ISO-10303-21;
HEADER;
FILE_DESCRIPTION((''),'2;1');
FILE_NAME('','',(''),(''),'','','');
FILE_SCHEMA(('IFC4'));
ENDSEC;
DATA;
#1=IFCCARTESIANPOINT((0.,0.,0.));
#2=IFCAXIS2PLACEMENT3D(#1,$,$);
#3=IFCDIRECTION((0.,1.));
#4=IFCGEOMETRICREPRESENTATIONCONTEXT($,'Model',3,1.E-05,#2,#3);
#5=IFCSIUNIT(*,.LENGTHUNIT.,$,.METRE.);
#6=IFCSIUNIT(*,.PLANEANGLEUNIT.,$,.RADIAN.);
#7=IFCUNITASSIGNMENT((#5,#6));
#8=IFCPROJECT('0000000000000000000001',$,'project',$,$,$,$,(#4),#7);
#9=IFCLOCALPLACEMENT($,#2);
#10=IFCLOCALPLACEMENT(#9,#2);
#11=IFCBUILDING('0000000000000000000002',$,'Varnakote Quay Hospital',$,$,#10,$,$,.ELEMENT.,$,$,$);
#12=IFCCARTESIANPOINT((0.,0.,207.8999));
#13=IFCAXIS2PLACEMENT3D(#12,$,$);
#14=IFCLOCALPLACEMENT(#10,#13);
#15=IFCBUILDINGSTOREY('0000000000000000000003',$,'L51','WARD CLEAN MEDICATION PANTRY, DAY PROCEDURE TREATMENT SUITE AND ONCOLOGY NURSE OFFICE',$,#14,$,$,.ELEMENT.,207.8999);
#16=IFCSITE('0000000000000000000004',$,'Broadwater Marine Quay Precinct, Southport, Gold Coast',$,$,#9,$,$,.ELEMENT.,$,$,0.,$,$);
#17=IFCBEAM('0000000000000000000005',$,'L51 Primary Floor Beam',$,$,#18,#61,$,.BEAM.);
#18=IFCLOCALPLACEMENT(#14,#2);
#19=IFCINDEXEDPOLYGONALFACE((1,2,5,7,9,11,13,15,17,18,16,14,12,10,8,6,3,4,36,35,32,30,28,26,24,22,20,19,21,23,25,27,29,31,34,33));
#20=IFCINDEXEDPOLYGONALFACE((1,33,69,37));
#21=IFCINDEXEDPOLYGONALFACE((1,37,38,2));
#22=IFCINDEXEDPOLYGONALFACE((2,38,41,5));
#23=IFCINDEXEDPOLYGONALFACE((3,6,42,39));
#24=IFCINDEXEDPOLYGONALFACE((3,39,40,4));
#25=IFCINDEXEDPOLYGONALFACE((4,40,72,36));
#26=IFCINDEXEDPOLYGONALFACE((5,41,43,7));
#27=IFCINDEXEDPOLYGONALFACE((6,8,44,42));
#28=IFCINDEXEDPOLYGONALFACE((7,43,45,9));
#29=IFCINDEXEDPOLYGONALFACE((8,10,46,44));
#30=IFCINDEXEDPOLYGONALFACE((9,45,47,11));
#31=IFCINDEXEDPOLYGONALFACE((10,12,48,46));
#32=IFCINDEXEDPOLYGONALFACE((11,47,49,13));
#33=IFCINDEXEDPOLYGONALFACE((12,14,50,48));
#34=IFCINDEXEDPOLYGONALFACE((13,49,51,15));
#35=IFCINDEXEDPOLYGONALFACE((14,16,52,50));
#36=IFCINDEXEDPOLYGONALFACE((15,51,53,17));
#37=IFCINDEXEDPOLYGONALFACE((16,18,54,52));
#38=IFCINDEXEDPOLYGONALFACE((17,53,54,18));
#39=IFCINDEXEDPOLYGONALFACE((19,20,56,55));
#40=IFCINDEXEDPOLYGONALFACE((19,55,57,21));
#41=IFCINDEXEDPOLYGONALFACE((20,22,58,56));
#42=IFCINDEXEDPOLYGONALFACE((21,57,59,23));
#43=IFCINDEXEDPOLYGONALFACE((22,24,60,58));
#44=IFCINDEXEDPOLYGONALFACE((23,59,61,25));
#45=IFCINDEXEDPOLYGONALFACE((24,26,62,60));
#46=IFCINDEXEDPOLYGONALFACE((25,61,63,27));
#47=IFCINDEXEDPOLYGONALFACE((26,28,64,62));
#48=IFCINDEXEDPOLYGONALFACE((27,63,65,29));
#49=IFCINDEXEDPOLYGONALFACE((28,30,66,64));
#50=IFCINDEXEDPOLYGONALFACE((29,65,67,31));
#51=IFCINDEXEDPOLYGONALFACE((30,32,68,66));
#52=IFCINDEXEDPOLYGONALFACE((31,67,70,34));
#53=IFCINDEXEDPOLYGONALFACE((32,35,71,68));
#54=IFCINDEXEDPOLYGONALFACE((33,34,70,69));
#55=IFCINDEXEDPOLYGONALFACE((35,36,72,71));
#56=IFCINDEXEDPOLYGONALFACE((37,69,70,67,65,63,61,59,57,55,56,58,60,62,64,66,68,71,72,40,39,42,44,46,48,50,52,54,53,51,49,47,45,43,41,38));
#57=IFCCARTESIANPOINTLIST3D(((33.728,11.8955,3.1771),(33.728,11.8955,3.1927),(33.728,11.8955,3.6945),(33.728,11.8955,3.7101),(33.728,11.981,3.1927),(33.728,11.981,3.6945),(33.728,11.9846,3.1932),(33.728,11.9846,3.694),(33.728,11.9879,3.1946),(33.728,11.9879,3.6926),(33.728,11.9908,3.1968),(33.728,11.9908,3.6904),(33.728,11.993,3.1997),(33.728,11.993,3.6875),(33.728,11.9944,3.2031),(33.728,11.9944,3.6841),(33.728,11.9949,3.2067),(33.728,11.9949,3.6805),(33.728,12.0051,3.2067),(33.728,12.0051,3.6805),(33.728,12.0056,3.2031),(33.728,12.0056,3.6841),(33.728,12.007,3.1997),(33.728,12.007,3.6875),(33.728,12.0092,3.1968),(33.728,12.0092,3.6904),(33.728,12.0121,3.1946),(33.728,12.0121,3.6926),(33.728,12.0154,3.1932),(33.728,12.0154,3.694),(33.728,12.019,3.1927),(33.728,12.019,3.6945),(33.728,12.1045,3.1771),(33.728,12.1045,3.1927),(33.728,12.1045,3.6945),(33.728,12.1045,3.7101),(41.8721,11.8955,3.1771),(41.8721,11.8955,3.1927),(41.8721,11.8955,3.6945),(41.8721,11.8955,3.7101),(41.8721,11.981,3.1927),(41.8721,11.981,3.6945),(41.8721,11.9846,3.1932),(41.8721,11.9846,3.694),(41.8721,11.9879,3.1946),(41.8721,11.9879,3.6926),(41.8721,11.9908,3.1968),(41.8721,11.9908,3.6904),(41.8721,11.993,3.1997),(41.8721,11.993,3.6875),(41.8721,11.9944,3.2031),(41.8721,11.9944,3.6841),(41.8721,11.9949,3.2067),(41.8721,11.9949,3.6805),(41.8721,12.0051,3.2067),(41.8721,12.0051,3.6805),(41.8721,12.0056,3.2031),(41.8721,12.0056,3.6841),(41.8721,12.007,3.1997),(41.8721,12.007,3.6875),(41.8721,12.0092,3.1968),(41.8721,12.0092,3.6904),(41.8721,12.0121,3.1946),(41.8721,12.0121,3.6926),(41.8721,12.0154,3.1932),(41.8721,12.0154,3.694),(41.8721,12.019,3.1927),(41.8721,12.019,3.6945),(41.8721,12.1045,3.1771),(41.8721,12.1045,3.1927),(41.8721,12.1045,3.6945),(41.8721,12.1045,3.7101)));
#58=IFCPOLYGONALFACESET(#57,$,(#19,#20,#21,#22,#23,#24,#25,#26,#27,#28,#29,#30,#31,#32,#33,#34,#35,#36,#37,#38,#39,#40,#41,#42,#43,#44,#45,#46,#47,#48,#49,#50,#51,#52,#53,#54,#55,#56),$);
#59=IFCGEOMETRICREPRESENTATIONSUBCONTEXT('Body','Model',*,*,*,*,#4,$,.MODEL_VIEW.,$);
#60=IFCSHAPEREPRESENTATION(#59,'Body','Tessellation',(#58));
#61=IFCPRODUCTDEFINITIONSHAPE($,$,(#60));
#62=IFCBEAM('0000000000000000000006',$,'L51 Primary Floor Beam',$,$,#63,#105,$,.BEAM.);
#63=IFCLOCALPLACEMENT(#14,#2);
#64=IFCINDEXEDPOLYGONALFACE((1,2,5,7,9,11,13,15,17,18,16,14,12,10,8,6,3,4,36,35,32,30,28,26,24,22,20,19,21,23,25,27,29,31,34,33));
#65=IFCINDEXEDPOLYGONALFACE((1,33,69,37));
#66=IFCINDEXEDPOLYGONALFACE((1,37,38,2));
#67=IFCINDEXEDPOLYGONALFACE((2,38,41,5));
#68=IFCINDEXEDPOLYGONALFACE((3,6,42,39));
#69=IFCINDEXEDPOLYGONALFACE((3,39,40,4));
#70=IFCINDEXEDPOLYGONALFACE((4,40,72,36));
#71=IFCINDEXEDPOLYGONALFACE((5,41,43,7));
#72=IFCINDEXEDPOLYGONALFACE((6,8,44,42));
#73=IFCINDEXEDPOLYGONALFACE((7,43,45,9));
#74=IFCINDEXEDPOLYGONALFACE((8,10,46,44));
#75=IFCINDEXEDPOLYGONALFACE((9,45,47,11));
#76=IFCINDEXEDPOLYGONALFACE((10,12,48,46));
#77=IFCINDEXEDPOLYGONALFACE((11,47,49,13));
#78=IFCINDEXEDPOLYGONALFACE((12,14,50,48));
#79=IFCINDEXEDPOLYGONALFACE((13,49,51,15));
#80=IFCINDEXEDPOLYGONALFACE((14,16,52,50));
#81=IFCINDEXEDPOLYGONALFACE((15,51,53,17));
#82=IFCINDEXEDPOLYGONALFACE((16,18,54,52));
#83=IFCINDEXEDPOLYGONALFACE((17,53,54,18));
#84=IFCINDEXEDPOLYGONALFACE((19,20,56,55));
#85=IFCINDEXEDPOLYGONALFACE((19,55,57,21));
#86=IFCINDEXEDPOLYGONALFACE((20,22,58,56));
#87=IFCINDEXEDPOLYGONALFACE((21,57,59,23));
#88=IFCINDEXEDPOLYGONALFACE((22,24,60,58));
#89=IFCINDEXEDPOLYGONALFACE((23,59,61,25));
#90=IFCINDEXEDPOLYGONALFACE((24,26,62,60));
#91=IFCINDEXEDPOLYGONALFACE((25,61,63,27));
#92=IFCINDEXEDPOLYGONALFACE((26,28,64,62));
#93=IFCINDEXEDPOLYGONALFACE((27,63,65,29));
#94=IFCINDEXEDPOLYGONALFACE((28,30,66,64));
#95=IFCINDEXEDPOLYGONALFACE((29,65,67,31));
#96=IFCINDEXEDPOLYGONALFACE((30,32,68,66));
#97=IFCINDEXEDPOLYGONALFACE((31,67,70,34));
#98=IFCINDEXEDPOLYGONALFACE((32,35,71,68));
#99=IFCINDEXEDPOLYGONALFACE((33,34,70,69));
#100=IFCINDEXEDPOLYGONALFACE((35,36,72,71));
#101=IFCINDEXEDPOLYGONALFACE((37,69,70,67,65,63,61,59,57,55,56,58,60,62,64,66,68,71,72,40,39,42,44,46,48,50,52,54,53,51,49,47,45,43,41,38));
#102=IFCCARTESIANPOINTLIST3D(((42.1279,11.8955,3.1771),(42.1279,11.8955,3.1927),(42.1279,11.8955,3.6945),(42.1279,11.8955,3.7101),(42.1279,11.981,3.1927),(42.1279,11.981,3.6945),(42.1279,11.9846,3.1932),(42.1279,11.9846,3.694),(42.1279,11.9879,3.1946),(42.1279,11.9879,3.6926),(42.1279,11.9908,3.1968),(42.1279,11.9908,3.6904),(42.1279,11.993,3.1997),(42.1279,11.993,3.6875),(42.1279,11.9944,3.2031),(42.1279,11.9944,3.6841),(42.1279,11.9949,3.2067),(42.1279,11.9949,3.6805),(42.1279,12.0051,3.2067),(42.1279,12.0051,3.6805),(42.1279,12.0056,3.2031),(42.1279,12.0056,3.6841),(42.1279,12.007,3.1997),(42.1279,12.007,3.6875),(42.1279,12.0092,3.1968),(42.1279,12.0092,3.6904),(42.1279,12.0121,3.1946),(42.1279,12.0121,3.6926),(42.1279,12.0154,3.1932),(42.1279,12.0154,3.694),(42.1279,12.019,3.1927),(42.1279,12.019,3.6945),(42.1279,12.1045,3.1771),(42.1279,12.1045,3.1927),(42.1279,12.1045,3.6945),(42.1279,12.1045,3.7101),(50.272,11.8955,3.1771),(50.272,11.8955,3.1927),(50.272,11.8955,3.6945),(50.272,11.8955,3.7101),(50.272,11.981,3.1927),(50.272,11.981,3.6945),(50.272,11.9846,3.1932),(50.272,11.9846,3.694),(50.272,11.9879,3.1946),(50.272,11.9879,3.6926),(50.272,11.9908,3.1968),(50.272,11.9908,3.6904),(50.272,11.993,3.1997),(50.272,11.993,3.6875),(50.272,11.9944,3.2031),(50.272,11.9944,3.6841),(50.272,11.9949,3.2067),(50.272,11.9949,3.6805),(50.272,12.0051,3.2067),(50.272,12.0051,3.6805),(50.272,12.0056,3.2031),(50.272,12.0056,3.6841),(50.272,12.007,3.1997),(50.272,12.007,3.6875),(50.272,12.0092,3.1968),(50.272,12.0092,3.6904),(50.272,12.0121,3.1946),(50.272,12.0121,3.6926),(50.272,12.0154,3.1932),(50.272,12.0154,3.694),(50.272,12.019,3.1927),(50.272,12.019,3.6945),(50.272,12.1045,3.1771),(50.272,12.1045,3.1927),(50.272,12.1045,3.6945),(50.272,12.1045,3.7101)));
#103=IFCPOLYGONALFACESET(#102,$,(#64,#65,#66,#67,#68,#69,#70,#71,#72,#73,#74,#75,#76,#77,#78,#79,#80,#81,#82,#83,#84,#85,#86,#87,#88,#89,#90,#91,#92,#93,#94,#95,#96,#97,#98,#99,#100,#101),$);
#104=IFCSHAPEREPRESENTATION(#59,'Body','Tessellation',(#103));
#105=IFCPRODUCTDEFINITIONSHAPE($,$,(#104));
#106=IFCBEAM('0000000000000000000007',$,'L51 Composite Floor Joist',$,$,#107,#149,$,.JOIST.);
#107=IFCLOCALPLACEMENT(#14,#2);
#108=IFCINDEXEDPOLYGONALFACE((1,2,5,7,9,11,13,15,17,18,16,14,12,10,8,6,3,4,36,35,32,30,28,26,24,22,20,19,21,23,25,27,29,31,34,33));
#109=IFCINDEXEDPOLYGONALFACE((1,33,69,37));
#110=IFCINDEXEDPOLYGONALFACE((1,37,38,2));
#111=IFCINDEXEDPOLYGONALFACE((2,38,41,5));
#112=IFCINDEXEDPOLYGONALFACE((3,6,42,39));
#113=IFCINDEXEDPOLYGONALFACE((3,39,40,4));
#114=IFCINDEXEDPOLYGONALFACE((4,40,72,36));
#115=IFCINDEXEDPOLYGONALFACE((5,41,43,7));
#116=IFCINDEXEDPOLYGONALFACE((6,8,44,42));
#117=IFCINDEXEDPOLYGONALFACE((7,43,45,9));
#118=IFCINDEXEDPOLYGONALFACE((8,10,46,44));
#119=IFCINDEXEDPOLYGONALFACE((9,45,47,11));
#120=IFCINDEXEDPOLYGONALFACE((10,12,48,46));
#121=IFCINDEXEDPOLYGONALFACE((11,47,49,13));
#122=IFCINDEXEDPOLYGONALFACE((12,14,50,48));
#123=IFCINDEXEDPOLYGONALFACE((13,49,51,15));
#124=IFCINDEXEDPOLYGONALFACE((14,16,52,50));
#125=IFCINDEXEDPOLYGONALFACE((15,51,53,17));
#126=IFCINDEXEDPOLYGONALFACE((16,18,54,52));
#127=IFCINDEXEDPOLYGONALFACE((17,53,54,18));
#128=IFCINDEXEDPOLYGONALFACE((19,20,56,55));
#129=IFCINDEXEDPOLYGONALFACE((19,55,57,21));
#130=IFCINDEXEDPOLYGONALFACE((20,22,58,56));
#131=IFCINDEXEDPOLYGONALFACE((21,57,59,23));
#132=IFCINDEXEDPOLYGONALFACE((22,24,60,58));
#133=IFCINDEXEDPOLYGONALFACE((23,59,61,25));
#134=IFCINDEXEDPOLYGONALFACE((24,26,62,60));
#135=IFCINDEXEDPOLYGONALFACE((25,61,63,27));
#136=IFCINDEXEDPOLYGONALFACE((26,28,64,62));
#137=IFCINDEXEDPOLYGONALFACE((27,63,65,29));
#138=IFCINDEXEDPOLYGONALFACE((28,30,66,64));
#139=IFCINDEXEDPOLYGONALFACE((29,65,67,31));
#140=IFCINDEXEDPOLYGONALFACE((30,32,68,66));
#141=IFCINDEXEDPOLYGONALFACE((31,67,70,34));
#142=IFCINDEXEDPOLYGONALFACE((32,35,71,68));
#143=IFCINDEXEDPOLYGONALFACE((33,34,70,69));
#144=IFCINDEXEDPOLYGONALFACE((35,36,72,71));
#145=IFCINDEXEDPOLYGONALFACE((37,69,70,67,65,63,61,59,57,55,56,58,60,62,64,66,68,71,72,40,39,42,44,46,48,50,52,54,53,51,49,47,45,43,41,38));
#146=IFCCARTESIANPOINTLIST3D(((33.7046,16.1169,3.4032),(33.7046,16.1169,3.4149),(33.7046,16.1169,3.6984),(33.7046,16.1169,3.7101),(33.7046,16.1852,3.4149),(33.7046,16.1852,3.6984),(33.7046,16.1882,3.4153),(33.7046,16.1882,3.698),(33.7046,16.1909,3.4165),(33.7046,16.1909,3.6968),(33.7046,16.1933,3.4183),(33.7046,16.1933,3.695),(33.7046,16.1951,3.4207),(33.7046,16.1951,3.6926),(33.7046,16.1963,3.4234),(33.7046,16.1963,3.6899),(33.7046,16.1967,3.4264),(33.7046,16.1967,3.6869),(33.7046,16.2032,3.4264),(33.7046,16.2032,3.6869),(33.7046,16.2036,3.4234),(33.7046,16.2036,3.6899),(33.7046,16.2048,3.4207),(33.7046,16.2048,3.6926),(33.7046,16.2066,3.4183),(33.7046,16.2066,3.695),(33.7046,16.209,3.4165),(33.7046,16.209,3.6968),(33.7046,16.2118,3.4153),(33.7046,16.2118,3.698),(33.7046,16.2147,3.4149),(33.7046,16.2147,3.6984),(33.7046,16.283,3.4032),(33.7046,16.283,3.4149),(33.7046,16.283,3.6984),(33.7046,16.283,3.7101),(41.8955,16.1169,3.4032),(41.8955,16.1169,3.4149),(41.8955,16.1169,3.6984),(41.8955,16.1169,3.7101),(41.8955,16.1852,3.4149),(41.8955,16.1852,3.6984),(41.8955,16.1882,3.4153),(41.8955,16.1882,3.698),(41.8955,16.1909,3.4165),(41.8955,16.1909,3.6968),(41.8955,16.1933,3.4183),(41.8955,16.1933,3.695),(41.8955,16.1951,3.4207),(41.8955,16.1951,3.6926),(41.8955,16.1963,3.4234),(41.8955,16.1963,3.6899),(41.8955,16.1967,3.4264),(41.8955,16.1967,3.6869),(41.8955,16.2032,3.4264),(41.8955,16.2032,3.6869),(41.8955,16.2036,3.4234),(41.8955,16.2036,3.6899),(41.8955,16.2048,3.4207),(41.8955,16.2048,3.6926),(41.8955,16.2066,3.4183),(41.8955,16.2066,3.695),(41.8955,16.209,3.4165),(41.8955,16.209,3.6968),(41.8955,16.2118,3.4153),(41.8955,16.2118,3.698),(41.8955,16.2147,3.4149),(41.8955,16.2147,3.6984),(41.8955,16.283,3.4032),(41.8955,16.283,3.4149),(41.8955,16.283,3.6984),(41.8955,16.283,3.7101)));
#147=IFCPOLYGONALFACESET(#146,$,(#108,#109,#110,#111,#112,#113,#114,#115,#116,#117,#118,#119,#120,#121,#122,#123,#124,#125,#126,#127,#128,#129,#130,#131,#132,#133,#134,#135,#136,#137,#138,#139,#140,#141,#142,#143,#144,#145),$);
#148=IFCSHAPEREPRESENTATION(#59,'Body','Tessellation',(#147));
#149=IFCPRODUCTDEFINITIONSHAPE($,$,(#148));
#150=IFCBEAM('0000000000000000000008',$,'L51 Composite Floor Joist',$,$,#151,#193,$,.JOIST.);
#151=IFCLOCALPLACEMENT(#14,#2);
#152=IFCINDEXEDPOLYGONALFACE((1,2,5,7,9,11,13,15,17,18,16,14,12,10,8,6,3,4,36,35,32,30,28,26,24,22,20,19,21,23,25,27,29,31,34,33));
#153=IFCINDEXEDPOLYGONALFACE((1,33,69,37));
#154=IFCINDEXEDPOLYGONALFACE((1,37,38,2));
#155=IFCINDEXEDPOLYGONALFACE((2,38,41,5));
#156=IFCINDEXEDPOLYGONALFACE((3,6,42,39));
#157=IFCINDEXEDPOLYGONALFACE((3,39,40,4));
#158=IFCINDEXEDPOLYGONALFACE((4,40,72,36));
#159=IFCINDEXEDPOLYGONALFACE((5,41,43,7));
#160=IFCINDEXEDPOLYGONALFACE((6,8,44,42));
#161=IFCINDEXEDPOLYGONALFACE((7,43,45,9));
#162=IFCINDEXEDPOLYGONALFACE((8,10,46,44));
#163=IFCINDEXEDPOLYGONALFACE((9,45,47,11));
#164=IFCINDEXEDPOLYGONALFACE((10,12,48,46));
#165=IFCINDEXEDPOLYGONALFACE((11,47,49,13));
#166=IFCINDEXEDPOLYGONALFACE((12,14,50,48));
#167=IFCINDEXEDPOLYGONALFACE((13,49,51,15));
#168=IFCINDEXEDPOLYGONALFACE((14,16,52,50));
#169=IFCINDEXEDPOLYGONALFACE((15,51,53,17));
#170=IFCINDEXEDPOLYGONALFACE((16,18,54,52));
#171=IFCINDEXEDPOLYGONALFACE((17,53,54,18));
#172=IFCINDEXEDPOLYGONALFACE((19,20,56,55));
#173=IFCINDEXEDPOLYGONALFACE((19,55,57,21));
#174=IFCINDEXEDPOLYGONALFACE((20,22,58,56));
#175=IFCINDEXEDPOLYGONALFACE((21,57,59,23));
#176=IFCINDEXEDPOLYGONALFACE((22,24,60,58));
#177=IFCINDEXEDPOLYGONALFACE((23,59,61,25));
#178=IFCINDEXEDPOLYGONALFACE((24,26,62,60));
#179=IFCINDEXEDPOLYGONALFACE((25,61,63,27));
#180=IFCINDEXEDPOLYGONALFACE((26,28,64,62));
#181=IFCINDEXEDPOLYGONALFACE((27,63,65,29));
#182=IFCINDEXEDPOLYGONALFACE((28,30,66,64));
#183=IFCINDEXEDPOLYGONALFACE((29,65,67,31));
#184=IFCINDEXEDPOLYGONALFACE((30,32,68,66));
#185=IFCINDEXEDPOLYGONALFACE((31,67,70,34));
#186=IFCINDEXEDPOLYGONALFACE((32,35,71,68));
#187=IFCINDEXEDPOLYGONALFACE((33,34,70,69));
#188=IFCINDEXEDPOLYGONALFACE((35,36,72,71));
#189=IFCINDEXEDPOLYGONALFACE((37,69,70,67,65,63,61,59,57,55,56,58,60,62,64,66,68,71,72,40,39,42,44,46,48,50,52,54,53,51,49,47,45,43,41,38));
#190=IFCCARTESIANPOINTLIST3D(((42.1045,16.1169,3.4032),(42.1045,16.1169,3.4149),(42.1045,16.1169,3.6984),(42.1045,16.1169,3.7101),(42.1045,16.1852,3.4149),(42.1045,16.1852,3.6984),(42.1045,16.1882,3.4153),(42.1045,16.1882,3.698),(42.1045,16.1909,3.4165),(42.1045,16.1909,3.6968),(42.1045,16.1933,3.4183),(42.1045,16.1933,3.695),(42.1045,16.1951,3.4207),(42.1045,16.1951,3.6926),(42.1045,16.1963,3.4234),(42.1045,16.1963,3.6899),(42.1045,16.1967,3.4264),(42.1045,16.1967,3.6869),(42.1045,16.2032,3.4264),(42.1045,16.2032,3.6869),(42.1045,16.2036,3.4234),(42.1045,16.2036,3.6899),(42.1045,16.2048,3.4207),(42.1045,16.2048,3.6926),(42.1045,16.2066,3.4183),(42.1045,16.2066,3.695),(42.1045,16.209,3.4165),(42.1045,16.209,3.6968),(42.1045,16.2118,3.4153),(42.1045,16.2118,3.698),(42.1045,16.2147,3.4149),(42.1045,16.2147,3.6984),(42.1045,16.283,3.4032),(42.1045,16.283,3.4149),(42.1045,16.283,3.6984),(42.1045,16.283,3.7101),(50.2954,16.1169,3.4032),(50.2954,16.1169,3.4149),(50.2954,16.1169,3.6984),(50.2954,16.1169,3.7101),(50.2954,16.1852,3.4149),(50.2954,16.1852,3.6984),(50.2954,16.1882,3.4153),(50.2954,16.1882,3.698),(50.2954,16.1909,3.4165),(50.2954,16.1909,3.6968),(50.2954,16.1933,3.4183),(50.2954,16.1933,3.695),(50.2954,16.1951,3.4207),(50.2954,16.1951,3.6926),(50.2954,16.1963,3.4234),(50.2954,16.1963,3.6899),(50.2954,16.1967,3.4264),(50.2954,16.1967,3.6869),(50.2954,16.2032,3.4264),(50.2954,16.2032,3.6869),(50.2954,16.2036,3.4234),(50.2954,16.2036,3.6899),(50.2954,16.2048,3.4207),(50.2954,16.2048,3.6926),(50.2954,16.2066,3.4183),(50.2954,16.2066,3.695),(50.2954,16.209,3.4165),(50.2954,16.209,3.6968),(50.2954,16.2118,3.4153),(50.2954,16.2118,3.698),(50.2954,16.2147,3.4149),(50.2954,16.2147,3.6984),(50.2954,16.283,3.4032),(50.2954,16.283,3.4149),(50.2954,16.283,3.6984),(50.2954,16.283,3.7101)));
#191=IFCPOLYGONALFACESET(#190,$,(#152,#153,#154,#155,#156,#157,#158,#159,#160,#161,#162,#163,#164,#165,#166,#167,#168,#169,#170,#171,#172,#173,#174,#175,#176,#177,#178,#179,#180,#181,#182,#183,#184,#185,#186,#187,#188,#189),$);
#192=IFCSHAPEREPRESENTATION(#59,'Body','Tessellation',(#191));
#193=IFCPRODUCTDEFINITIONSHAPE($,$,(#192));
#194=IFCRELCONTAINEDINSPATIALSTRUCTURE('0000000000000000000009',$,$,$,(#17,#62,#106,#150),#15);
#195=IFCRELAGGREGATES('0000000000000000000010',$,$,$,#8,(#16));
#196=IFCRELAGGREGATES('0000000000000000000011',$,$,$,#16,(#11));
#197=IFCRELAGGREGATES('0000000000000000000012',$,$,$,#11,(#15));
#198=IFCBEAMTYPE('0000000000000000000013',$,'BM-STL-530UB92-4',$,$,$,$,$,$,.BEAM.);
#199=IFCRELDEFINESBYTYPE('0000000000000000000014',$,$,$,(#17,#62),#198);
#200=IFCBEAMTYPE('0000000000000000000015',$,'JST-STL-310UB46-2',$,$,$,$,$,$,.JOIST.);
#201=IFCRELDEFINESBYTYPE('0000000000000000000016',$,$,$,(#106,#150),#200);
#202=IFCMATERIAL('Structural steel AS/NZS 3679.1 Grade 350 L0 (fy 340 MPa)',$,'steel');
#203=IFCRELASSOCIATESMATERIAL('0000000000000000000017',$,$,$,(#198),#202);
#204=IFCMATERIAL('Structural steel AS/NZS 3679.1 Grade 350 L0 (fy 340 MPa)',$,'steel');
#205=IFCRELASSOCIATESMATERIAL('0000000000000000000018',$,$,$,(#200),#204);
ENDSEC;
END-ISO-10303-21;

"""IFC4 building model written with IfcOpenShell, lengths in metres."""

from ifc_helpers import new_model, si_unit, direction, frame, origin, origin_2d, place, context, subcontext, project, spatial, i_section, extrude, material, material_profile, profile_set, type_object, element, save


model = new_model("IFC4")

# Units and contexts
model_context = context("Model", 3, precision=1e-05, world=origin(), true_north=direction((0.0, 1.0)))
body_context = subcontext(model_context, "Body", "Model", "MODEL_VIEW")
ifc_project = project(units=[si_unit("LENGTHUNIT", "METRE"), si_unit("PLANEANGLEUNIT", "RADIAN")], contexts=[model_context])

# Site, building, storey
site_placement = place(None, origin())
site = spatial("IfcSite", under=ifc_project, at=site_placement, Name="Broadwater Marine Quay Precinct, Southport, Gold Coast", CompositionType="ELEMENT", RefElevation=0.0)
building_placement = place(site_placement, origin())
building = spatial("IfcBuilding", under=site, at=building_placement, Name="Varnakote Quay Hospital", CompositionType="ELEMENT")
storey_placement = place(building_placement, frame((0.0, 0.0, 207.8999)))
storey = spatial("IfcBuildingStorey", under=building, at=storey_placement, Name="L51", Description="WARD CLEAN MEDICATION PANTRY, DAY PROCEDURE TREATMENT SUITE AND ONCOLOGY NURSE OFFICE", CompositionType="ELEMENT", Elevation=207.8999)

# Beams
ifc_material_1 = material(Name="Structural steel AS/NZS 3679.1 Grade 350 L0 (fy 340 MPa)", Category="steel")
ifc_material_profile_1 = material_profile(ifc_material_1, i_section(OverallWidth=0.209, OverallDepth=0.533, WebThickness=0.0103, FlangeThickness=0.0156, FilletRadius=0.0139, at=origin_2d()), Name="530UB92.4")
ifc_profile_set_1 = profile_set([ifc_material_profile_1], Name="Structural steel AS/NZS 3679.1 Grade 350 L0 (fy 340 MPa)")
beam_type_1 = type_object("IfcBeamType", Name="BM-STL-530UB92-4", PredefinedType="BEAM", material=ifc_profile_set_1)
for number, where, z_axis, x_axis, name in (
    (1, (33.728, 12.0, 3.4436), (1.0, 0.0, 0.0), (0.0, 1.0, 0.0), "L51 Primary Floor Beam"),
    (2, (42.1279, 12.0, 3.4436), (1.0, 0.0, 0.0), (0.0, 1.0, 0.0), "L51 Primary Floor Beam"),
):
    element("IfcBeam", number, at=place(storey_placement, frame(where, z_axis=z_axis, x_axis=x_axis)), inside=storey, type_object=beam_type_1, Name=name, PredefinedType="BEAM", context=body_context, shape_type="SweptSolid", body=[
        extrude(i_section(OverallWidth=0.209, OverallDepth=0.533, WebThickness=0.0103, FlangeThickness=0.0156, FilletRadius=0.0139, at=origin_2d()), origin(), (0.0, 0.0, 1.0), 8.144),
    ])
ifc_material_2 = material(Name="Structural steel AS/NZS 3679.1 Grade 350 L0 (fy 340 MPa)", Category="steel")
ifc_material_profile_2 = material_profile(ifc_material_2, i_section(OverallWidth=0.166, OverallDepth=0.3069, WebThickness=0.0066, FlangeThickness=0.0117, FilletRadius=0.0115, at=origin_2d()), Name="310UB46.2")
ifc_profile_set_2 = profile_set([ifc_material_profile_2], Name="Structural steel AS/NZS 3679.1 Grade 350 L0 (fy 340 MPa)")
beam_type_2 = type_object("IfcBeamType", Name="JST-STL-310UB46-2", PredefinedType="JOIST", material=ifc_profile_set_2)
for number, where, z_axis, x_axis, name in (
    (3, (33.7046, 16.2, 3.5566), (1.0, 0.0, 0.0), (0.0, 1.0, 0.0), "L51 Composite Floor Joist"),
    (4, (42.1045, 16.2, 3.5566), (1.0, 0.0, 0.0), (0.0, 1.0, 0.0), "L51 Composite Floor Joist"),
):
    element("IfcBeam", number, at=place(storey_placement, frame(where, z_axis=z_axis, x_axis=x_axis)), inside=storey, type_object=beam_type_2, Name=name, PredefinedType="JOIST", context=body_context, shape_type="SweptSolid", body=[
        extrude(i_section(OverallWidth=0.166, OverallDepth=0.3069, WebThickness=0.0066, FlangeThickness=0.0117, FilletRadius=0.0115, at=origin_2d()), origin(), (0.0, 0.0, 1.0), 8.1909),
    ])

save(model, "model.ifc")
